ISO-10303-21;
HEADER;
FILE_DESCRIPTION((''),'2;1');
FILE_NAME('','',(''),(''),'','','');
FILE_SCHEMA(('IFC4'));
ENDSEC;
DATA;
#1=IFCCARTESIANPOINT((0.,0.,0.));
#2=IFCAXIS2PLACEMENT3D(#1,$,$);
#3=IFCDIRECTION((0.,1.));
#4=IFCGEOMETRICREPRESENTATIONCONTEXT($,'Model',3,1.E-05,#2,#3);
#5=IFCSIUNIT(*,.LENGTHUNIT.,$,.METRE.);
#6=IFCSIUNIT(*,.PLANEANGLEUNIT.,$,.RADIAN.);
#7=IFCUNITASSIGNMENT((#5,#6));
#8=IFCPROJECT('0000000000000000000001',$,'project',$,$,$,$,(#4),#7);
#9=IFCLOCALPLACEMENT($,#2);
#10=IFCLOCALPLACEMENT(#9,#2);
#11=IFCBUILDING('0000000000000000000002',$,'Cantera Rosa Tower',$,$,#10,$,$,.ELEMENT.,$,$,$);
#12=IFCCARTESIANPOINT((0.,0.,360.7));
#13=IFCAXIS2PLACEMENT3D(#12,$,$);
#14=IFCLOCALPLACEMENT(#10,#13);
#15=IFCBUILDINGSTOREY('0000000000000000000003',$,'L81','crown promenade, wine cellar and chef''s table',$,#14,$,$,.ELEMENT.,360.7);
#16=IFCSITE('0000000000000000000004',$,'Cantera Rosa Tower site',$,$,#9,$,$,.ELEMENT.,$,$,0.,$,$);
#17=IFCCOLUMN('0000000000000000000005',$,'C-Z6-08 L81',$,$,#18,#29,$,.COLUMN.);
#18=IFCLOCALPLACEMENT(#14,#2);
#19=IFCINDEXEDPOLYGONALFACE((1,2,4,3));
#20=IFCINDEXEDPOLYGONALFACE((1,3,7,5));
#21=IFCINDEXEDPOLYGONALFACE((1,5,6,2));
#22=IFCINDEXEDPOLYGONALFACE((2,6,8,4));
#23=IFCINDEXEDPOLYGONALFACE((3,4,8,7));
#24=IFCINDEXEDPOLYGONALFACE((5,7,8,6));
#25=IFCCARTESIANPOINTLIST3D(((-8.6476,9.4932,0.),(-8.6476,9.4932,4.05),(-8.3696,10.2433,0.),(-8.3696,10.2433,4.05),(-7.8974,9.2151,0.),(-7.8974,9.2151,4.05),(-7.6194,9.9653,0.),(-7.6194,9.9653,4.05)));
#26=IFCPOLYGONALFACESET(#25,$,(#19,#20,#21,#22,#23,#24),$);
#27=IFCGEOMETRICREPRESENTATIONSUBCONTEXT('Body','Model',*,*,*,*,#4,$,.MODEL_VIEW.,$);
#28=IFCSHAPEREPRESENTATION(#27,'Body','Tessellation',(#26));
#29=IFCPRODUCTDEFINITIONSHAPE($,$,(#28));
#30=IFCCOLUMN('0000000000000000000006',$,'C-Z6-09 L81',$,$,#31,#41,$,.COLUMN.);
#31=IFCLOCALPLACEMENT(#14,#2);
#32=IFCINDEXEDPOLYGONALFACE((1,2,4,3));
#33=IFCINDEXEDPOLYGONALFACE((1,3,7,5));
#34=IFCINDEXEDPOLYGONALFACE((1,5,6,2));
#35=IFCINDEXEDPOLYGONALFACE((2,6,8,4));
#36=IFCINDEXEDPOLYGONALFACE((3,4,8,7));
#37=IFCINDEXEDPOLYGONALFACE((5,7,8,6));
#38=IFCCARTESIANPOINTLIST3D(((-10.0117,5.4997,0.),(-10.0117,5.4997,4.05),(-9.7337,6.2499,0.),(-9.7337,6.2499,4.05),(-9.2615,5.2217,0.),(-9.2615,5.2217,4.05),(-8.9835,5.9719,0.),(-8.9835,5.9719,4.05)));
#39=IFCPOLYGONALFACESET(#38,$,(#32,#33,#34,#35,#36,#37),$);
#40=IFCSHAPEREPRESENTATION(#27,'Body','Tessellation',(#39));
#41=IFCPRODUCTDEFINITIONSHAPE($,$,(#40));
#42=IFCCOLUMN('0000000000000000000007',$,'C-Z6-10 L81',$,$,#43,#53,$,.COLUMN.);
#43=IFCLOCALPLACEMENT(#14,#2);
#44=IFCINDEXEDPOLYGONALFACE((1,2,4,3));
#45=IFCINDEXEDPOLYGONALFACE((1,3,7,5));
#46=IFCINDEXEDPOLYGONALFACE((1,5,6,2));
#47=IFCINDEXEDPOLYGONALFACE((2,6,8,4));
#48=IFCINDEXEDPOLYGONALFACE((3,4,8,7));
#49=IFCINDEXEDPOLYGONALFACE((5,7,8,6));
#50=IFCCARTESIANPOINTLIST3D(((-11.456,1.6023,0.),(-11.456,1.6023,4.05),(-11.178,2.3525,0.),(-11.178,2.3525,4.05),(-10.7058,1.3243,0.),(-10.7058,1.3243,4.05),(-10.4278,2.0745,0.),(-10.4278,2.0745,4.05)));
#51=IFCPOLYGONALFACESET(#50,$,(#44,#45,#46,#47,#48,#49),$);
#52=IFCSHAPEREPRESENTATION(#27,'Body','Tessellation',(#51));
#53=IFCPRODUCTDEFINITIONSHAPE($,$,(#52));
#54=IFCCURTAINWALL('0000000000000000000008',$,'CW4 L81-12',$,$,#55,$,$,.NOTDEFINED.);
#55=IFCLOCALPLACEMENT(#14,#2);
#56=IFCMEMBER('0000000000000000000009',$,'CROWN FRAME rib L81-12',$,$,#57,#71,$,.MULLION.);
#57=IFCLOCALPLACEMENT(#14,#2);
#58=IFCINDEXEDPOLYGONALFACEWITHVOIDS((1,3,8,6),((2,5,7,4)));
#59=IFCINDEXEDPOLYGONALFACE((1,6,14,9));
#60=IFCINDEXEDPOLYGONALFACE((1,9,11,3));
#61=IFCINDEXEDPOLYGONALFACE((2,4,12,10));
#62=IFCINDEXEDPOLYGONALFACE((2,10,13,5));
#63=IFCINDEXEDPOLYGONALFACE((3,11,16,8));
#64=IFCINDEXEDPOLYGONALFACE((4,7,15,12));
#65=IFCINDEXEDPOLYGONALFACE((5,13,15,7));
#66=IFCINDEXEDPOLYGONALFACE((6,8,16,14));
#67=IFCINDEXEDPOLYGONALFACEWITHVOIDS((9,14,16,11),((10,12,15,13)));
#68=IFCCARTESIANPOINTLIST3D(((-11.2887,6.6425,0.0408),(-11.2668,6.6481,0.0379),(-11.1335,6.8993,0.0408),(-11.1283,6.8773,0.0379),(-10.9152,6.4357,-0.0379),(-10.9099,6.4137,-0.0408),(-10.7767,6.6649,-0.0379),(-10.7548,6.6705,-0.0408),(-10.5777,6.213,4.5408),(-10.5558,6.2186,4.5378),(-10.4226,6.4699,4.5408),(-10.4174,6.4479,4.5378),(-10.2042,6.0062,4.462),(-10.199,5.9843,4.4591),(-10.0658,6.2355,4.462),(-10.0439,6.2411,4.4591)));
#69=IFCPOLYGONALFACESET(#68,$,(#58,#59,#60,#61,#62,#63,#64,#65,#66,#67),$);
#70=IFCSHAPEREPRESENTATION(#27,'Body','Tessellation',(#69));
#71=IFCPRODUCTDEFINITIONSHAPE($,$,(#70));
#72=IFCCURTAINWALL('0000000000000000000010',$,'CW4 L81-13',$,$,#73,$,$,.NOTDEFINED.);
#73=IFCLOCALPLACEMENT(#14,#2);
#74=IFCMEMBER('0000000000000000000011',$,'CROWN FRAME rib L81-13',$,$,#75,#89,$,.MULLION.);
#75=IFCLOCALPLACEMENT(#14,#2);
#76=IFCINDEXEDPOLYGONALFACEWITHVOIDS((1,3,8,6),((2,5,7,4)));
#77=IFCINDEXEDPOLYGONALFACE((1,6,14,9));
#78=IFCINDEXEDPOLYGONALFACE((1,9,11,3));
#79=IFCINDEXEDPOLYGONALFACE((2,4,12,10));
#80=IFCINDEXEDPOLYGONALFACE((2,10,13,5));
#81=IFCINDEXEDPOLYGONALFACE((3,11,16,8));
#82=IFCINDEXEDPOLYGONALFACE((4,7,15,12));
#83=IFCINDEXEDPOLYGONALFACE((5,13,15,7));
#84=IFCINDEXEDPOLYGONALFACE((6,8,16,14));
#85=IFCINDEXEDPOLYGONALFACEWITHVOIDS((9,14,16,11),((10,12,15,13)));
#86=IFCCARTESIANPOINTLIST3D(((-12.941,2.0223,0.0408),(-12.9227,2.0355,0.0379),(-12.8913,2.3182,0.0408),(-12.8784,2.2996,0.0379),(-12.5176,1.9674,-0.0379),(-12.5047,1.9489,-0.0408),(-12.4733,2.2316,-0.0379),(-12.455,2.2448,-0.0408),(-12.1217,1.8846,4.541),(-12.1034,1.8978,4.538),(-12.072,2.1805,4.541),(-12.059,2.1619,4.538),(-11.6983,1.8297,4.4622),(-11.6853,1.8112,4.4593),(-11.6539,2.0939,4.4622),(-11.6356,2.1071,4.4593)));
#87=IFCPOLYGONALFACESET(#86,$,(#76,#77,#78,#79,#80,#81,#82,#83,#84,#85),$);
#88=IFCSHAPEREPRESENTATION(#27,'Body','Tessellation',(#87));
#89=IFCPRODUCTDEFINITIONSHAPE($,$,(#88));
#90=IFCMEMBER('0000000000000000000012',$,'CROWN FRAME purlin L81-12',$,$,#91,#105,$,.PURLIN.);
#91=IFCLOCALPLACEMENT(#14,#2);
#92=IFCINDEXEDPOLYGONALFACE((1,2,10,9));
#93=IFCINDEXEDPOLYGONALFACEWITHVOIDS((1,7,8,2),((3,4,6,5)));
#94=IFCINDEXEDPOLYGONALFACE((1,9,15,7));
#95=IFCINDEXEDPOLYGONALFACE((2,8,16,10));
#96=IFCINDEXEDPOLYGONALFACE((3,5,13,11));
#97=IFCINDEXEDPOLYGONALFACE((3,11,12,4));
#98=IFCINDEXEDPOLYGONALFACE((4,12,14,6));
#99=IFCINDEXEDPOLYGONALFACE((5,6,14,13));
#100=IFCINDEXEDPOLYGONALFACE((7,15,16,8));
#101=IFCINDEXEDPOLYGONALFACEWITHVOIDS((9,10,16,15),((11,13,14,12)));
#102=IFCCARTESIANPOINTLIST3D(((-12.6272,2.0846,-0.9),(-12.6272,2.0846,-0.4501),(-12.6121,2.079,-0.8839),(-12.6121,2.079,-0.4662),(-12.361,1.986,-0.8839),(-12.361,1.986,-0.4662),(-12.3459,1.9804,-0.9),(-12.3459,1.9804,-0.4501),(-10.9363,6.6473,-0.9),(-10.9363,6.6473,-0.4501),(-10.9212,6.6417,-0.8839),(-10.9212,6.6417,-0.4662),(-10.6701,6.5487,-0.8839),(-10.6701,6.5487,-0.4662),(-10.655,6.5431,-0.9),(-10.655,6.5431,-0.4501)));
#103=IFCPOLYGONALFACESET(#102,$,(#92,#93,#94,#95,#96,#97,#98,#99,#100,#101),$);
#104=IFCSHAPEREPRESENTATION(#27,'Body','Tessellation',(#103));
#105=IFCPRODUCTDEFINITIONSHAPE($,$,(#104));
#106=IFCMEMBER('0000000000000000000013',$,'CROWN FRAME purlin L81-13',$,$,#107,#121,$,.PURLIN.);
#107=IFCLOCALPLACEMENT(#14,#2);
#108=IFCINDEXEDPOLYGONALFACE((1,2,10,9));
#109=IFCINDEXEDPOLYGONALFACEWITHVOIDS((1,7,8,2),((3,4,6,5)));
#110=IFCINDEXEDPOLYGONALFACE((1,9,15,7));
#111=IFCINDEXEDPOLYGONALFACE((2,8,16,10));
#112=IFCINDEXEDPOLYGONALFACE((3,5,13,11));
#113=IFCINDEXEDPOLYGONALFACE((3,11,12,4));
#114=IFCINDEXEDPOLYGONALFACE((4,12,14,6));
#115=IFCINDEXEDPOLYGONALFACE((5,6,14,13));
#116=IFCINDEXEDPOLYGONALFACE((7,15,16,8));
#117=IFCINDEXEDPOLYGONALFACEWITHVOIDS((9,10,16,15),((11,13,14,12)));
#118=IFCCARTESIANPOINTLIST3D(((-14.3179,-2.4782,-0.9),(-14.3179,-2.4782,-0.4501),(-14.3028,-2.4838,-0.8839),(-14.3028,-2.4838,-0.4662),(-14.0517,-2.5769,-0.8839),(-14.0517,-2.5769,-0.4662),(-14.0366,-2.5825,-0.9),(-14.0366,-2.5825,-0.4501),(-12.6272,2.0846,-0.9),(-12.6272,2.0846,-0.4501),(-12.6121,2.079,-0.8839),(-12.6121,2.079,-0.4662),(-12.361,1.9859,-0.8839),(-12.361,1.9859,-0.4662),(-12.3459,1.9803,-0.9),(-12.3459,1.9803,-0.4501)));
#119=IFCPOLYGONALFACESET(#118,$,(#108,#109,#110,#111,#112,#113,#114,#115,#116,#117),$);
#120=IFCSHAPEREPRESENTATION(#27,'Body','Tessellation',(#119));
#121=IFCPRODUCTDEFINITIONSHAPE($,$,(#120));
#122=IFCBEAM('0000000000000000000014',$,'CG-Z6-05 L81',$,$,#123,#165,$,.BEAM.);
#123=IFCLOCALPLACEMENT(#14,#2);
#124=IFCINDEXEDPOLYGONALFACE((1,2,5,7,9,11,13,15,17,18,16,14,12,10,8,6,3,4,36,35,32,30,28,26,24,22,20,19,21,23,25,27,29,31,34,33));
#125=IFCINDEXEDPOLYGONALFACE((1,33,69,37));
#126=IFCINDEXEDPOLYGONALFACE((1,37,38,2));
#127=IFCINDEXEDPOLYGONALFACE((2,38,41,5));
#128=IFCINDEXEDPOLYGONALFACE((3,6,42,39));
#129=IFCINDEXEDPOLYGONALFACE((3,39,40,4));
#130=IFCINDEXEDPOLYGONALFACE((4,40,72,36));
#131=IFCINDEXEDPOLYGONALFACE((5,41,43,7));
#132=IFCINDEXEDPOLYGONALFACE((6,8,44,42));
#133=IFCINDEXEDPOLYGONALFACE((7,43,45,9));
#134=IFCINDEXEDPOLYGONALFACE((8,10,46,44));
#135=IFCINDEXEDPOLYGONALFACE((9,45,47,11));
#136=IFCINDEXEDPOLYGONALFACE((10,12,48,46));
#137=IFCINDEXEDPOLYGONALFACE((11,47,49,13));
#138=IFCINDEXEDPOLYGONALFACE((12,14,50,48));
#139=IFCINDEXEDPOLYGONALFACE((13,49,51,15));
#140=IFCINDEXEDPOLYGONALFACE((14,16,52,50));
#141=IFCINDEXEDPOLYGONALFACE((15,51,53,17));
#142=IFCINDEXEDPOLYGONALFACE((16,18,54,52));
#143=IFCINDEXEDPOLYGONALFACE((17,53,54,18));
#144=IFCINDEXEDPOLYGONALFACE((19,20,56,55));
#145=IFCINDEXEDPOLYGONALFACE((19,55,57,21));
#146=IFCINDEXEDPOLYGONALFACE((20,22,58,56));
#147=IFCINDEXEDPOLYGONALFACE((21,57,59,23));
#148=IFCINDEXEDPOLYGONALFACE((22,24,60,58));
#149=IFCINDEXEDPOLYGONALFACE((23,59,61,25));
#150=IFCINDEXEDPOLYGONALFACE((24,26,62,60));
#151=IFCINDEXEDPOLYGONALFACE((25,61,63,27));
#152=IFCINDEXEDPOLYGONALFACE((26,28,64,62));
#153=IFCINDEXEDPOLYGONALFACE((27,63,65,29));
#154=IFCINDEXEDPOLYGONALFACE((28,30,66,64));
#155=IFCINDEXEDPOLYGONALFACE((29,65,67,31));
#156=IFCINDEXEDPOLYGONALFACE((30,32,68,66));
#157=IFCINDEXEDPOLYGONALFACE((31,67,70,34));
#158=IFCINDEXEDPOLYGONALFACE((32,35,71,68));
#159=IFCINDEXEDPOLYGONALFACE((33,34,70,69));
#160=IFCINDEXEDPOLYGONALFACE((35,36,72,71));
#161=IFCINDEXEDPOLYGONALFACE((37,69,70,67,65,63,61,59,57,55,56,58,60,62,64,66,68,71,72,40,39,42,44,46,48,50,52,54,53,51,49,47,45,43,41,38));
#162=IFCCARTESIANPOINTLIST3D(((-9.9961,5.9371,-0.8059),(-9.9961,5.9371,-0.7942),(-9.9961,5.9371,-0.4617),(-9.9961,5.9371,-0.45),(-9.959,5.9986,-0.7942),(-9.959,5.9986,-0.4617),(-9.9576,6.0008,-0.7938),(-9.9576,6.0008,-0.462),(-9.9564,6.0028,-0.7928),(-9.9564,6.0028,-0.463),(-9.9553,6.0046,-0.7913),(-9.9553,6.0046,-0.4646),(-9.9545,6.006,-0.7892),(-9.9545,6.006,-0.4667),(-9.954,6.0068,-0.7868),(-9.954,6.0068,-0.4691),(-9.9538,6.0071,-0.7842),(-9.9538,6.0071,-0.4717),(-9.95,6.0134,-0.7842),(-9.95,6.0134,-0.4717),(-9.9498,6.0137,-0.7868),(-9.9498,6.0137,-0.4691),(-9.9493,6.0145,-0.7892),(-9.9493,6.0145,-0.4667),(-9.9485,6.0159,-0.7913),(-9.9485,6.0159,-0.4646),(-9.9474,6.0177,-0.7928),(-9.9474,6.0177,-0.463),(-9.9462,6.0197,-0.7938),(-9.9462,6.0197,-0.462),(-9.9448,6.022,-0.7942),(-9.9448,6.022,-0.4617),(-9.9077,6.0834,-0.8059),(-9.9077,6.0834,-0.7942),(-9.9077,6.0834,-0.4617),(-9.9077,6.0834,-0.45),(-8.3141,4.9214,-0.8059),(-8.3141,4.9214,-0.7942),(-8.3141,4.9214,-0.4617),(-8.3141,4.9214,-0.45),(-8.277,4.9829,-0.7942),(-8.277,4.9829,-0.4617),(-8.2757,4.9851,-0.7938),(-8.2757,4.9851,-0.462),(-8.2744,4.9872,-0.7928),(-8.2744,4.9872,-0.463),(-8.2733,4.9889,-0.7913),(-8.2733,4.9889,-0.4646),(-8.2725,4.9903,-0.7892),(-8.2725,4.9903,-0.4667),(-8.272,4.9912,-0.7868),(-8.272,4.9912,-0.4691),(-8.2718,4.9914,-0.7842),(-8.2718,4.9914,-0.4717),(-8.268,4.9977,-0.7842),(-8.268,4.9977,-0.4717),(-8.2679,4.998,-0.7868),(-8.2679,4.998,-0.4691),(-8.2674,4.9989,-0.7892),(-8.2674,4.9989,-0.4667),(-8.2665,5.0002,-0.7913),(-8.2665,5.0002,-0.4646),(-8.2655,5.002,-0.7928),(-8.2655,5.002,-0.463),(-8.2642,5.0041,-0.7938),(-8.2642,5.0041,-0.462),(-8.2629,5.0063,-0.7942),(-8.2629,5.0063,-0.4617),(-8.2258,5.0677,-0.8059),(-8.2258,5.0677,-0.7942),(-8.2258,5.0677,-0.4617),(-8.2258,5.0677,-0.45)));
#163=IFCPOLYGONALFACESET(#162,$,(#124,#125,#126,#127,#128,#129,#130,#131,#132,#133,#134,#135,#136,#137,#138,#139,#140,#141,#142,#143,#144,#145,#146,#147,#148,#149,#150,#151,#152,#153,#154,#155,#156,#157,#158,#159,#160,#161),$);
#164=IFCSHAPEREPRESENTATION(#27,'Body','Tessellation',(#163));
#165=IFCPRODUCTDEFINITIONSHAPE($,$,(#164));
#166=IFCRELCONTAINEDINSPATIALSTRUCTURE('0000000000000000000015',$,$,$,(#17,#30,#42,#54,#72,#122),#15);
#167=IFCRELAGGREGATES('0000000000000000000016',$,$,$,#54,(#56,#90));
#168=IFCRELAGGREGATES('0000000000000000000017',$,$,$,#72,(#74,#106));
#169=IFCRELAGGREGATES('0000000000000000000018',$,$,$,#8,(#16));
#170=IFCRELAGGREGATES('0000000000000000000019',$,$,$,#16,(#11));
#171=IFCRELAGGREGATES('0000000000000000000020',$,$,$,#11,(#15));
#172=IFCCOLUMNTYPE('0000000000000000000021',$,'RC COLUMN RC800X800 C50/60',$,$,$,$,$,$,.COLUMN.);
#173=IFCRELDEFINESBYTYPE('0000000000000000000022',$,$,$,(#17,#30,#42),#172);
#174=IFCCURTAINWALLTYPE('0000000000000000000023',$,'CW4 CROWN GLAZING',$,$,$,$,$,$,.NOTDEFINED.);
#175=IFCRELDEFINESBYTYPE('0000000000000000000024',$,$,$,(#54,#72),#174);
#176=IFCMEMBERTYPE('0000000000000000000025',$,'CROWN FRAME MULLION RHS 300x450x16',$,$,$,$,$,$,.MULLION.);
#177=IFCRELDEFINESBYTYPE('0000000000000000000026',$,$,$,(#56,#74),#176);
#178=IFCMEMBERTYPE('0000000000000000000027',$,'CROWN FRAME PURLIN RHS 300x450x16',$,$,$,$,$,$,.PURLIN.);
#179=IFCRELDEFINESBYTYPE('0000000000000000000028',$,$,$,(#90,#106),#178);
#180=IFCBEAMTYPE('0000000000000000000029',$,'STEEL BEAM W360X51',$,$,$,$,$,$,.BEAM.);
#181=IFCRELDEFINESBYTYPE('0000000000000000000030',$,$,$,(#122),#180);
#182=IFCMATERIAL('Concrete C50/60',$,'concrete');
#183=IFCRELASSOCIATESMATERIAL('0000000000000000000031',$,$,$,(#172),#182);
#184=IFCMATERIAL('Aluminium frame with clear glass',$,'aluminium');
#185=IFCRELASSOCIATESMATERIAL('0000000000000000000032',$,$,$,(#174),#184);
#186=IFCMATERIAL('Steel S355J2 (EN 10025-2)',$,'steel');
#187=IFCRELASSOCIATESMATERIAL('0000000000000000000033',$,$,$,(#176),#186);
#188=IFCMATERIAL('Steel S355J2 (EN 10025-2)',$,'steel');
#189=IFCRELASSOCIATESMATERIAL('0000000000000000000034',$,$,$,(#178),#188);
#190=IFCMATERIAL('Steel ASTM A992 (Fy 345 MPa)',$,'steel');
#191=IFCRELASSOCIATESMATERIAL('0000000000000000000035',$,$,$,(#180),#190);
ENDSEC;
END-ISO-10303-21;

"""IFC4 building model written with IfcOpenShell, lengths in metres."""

from ifc_helpers import new_model, si_unit, direction, frame, origin, origin_2d, place, context, subcontext, project, spatial, rectangle, hollow_rectangle, i_section, extrude, material, material_profile, profile_set, type_object, element, aggregate, save


model = new_model("IFC4")

# Units and contexts
model_context = context("Model", 3, precision=1e-05, world=origin(), true_north=direction((0.0, 1.0)))
body_context = subcontext(model_context, "Body", "Model", "MODEL_VIEW")
ifc_project = project(units=[si_unit("LENGTHUNIT", "METRE"), si_unit("PLANEANGLEUNIT", "RADIAN")], contexts=[model_context])

# Site, building, storey
site_placement = place(None, origin())
site = spatial("IfcSite", under=ifc_project, at=site_placement, Name="Cantera Rosa Tower site", CompositionType="ELEMENT", RefElevation=0.0)
building_placement = place(site_placement, origin())
building = spatial("IfcBuilding", under=site, at=building_placement, Name="Cantera Rosa Tower", CompositionType="ELEMENT")
storey_placement = place(building_placement, frame((0.0, 0.0, 360.7)))
storey = spatial("IfcBuildingStorey", under=building, at=storey_placement, Name="L81", Description="crown promenade, wine cellar and chef's table", CompositionType="ELEMENT", Elevation=360.7)

# Columns
ifc_material_1 = material(Name="Concrete C50/60", Category="concrete")
ifc_material_profile_1 = material_profile(ifc_material_1, rectangle(XDim=0.8, YDim=0.8, at=origin_2d()), Name="RC COLUMN RC800X800 C50/60")
ifc_profile_set_1 = profile_set([ifc_material_profile_1], Name="Concrete C50/60")
column_type = type_object("IfcColumnType", Name="RC COLUMN RC800X800 C50/60", PredefinedType="COLUMN", material=ifc_profile_set_1)
for number, where, z_axis, x_axis, name in (
    (1, (-8.1335, 9.7292, 0.0), (0.0, 0.0, 1.0), (0.347481, 0.937687, 0.0), "C-Z6-08 L81"),
    (2, (-9.4976, 5.7358, 0.0), (0.0, 0.0, 1.0), (0.347481, 0.937687, 0.0), "C-Z6-09 L81"),
    (3, (-10.9419, 1.8384, 0.0), (0.0, 0.0, 1.0), (0.347481, 0.937687, 0.0), "C-Z6-10 L81"),
):
    element("IfcColumn", number, at=place(storey_placement, frame(where, z_axis=z_axis, x_axis=x_axis)), inside=storey, type_object=column_type, Name=name, PredefinedType="COLUMN", context=body_context, shape_type="SweptSolid", body=[
        extrude(rectangle(XDim=0.8, YDim=0.8, at=origin_2d()), origin(), (0.0, 0.0, 1.0), 4.05),
    ])

# Curtain walls, members
ifc_material_2 = material(Name="Aluminium frame with clear glass", Category="aluminium")
curtain_wall_type = type_object("IfcCurtainWallType", Name="CW4 CROWN GLAZING", PredefinedType="NOTDEFINED", material=ifc_material_2)
curtain_wall_1_placement = place(storey_placement, origin())
curtain_wall_1 = element("IfcCurtainWall", 4, at=curtain_wall_1_placement, inside=storey, type_object=curtain_wall_type, Name="CW4 L81-12", PredefinedType="NOTDEFINED")
ifc_material_3 = material(Name="Steel S355J2 (EN 10025-2)", Category="steel")
ifc_material_profile_2 = material_profile(ifc_material_3, hollow_rectangle(XDim=0.3, YDim=0.45, WallThickness=0.0161, at=origin_2d()), Name="CROWN FRAME MULLION RHS 300x450x16")
ifc_profile_set_2 = profile_set([ifc_material_profile_2], Name="Steel S355J2 (EN 10025-2)")
member_type_1 = type_object("IfcMemberType", Name="CROWN FRAME MULLION RHS 300x450x16", PredefinedType="MULLION", material=ifc_profile_set_2)
member_1_placement = place(storey_placement, frame((-11.0217, 6.6565, 0.0), z_axis=(0.155362, -0.093847, 0.98339), x_axis=(0.517044, 0.855959, 0.0)))
member_1 = element("IfcMember", 5, at=member_1_placement, type_object=member_type_1, Name="CROWN FRAME rib L81-12", PredefinedType="MULLION", context=body_context, shape_type="SweptSolid", body=[
    extrude(hollow_rectangle(XDim=0.3, YDim=0.45, WallThickness=0.0161, at=origin_2d()), origin(), (0.0, 0.0, 1.0), 4.5759),
])
curtain_wall_2_placement = place(storey_placement, origin())
curtain_wall_2 = element("IfcCurtainWall", 6, at=curtain_wall_2_placement, inside=storey, type_object=curtain_wall_type, Name="CW4 L81-13", PredefinedType="NOTDEFINED")
member_2_placement = place(storey_placement, frame((-12.698, 2.1335, 0.0), z_axis=(0.179049, -0.03009, 0.98338), x_axis=(0.165733, 0.986171, 0.0)))
member_2 = element("IfcMember", 7, at=member_2_placement, type_object=member_type_1, Name="CROWN FRAME rib L81-13", PredefinedType="MULLION", context=body_context, shape_type="SweptSolid", body=[
    extrude(hollow_rectangle(XDim=0.3, YDim=0.45, WallThickness=0.0161, at=origin_2d()), origin(), (0.0, 0.0, 1.0), 4.5762),
])

# Members
ifc_material_4 = material(Name="Steel S355J2 (EN 10025-2)", Category="steel")
ifc_material_profile_3 = material_profile(ifc_material_4, hollow_rectangle(XDim=0.3, YDim=0.45, WallThickness=0.0161, at=origin_2d()), Name="CROWN FRAME PURLIN RHS 300x450x16")
ifc_profile_set_3 = profile_set([ifc_material_profile_3], Name="Steel S355J2 (EN 10025-2)")
member_type_2 = type_object("IfcMemberType", Name="CROWN FRAME PURLIN RHS 300x450x16", PredefinedType="PURLIN", material=ifc_profile_set_3)
member_3_placement = place(storey_placement, frame((-10.7957, 6.5952, -0.675), z_axis=(-0.347497, -0.937681, 0.0), x_axis=(0.937681, -0.347497, 0.0)))
member_3 = element("IfcMember", 8, at=member_3_placement, type_object=member_type_2, Name="CROWN FRAME purlin L81-12", PredefinedType="PURLIN", context=body_context, shape_type="SweptSolid", body=[
    extrude(hollow_rectangle(XDim=0.3, YDim=0.45, WallThickness=0.0161, at=origin_2d()), origin(), (0.0, 0.0, 1.0), 4.866),
])
member_4_placement = place(storey_placement, frame((-12.4866, 2.0325, -0.675), z_axis=(-0.347453, -0.937697, 0.0), x_axis=(0.937697, -0.347453, 0.0)))
member_4 = element("IfcMember", 9, at=member_4_placement, type_object=member_type_2, Name="CROWN FRAME purlin L81-13", PredefinedType="PURLIN", context=body_context, shape_type="SweptSolid", body=[
    extrude(hollow_rectangle(XDim=0.3, YDim=0.45, WallThickness=0.0161, at=origin_2d()), origin(), (0.0, 0.0, 1.0), 4.866),
])

# Beam
ifc_material_5 = material(Name="Steel ASTM A992 (Fy 345 MPa)", Category="steel")
ifc_material_profile_4 = material_profile(ifc_material_5, i_section(OverallWidth=0.1709, OverallDepth=0.356, WebThickness=0.0073, FlangeThickness=0.0117, FilletRadius=0.01, at=origin_2d()), Name="W360X51")
ifc_profile_set_4 = profile_set([ifc_material_profile_4], Name="Steel ASTM A992 (Fy 345 MPa)")
beam_type_1 = type_object("IfcBeamType", Name="STEEL BEAM W360X51", PredefinedType="BEAM", material=ifc_profile_set_4)
beam_1_placement = place(storey_placement, frame((-9.9519, 6.0103, -0.6279), z_axis=(0.856031, -0.516924, 0.0), x_axis=(0.516924, 0.856031, 0.0)))
element("IfcBeam", 10, at=beam_1_placement, inside=storey, type_object=beam_type_1, Name="CG-Z6-05 L81", PredefinedType="BEAM", context=body_context, shape_type="SweptSolid", body=[
    extrude(i_section(OverallWidth=0.1709, OverallDepth=0.356, WebThickness=0.0073, FlangeThickness=0.0117, FilletRadius=0.01, at=origin_2d()), origin(), (0.0, 0.0, 1.0), 1.9648),
])

aggregate(curtain_wall_1, [member_1, member_3])
aggregate(curtain_wall_2, [member_2, member_4])

save(model, "model.ifc")
